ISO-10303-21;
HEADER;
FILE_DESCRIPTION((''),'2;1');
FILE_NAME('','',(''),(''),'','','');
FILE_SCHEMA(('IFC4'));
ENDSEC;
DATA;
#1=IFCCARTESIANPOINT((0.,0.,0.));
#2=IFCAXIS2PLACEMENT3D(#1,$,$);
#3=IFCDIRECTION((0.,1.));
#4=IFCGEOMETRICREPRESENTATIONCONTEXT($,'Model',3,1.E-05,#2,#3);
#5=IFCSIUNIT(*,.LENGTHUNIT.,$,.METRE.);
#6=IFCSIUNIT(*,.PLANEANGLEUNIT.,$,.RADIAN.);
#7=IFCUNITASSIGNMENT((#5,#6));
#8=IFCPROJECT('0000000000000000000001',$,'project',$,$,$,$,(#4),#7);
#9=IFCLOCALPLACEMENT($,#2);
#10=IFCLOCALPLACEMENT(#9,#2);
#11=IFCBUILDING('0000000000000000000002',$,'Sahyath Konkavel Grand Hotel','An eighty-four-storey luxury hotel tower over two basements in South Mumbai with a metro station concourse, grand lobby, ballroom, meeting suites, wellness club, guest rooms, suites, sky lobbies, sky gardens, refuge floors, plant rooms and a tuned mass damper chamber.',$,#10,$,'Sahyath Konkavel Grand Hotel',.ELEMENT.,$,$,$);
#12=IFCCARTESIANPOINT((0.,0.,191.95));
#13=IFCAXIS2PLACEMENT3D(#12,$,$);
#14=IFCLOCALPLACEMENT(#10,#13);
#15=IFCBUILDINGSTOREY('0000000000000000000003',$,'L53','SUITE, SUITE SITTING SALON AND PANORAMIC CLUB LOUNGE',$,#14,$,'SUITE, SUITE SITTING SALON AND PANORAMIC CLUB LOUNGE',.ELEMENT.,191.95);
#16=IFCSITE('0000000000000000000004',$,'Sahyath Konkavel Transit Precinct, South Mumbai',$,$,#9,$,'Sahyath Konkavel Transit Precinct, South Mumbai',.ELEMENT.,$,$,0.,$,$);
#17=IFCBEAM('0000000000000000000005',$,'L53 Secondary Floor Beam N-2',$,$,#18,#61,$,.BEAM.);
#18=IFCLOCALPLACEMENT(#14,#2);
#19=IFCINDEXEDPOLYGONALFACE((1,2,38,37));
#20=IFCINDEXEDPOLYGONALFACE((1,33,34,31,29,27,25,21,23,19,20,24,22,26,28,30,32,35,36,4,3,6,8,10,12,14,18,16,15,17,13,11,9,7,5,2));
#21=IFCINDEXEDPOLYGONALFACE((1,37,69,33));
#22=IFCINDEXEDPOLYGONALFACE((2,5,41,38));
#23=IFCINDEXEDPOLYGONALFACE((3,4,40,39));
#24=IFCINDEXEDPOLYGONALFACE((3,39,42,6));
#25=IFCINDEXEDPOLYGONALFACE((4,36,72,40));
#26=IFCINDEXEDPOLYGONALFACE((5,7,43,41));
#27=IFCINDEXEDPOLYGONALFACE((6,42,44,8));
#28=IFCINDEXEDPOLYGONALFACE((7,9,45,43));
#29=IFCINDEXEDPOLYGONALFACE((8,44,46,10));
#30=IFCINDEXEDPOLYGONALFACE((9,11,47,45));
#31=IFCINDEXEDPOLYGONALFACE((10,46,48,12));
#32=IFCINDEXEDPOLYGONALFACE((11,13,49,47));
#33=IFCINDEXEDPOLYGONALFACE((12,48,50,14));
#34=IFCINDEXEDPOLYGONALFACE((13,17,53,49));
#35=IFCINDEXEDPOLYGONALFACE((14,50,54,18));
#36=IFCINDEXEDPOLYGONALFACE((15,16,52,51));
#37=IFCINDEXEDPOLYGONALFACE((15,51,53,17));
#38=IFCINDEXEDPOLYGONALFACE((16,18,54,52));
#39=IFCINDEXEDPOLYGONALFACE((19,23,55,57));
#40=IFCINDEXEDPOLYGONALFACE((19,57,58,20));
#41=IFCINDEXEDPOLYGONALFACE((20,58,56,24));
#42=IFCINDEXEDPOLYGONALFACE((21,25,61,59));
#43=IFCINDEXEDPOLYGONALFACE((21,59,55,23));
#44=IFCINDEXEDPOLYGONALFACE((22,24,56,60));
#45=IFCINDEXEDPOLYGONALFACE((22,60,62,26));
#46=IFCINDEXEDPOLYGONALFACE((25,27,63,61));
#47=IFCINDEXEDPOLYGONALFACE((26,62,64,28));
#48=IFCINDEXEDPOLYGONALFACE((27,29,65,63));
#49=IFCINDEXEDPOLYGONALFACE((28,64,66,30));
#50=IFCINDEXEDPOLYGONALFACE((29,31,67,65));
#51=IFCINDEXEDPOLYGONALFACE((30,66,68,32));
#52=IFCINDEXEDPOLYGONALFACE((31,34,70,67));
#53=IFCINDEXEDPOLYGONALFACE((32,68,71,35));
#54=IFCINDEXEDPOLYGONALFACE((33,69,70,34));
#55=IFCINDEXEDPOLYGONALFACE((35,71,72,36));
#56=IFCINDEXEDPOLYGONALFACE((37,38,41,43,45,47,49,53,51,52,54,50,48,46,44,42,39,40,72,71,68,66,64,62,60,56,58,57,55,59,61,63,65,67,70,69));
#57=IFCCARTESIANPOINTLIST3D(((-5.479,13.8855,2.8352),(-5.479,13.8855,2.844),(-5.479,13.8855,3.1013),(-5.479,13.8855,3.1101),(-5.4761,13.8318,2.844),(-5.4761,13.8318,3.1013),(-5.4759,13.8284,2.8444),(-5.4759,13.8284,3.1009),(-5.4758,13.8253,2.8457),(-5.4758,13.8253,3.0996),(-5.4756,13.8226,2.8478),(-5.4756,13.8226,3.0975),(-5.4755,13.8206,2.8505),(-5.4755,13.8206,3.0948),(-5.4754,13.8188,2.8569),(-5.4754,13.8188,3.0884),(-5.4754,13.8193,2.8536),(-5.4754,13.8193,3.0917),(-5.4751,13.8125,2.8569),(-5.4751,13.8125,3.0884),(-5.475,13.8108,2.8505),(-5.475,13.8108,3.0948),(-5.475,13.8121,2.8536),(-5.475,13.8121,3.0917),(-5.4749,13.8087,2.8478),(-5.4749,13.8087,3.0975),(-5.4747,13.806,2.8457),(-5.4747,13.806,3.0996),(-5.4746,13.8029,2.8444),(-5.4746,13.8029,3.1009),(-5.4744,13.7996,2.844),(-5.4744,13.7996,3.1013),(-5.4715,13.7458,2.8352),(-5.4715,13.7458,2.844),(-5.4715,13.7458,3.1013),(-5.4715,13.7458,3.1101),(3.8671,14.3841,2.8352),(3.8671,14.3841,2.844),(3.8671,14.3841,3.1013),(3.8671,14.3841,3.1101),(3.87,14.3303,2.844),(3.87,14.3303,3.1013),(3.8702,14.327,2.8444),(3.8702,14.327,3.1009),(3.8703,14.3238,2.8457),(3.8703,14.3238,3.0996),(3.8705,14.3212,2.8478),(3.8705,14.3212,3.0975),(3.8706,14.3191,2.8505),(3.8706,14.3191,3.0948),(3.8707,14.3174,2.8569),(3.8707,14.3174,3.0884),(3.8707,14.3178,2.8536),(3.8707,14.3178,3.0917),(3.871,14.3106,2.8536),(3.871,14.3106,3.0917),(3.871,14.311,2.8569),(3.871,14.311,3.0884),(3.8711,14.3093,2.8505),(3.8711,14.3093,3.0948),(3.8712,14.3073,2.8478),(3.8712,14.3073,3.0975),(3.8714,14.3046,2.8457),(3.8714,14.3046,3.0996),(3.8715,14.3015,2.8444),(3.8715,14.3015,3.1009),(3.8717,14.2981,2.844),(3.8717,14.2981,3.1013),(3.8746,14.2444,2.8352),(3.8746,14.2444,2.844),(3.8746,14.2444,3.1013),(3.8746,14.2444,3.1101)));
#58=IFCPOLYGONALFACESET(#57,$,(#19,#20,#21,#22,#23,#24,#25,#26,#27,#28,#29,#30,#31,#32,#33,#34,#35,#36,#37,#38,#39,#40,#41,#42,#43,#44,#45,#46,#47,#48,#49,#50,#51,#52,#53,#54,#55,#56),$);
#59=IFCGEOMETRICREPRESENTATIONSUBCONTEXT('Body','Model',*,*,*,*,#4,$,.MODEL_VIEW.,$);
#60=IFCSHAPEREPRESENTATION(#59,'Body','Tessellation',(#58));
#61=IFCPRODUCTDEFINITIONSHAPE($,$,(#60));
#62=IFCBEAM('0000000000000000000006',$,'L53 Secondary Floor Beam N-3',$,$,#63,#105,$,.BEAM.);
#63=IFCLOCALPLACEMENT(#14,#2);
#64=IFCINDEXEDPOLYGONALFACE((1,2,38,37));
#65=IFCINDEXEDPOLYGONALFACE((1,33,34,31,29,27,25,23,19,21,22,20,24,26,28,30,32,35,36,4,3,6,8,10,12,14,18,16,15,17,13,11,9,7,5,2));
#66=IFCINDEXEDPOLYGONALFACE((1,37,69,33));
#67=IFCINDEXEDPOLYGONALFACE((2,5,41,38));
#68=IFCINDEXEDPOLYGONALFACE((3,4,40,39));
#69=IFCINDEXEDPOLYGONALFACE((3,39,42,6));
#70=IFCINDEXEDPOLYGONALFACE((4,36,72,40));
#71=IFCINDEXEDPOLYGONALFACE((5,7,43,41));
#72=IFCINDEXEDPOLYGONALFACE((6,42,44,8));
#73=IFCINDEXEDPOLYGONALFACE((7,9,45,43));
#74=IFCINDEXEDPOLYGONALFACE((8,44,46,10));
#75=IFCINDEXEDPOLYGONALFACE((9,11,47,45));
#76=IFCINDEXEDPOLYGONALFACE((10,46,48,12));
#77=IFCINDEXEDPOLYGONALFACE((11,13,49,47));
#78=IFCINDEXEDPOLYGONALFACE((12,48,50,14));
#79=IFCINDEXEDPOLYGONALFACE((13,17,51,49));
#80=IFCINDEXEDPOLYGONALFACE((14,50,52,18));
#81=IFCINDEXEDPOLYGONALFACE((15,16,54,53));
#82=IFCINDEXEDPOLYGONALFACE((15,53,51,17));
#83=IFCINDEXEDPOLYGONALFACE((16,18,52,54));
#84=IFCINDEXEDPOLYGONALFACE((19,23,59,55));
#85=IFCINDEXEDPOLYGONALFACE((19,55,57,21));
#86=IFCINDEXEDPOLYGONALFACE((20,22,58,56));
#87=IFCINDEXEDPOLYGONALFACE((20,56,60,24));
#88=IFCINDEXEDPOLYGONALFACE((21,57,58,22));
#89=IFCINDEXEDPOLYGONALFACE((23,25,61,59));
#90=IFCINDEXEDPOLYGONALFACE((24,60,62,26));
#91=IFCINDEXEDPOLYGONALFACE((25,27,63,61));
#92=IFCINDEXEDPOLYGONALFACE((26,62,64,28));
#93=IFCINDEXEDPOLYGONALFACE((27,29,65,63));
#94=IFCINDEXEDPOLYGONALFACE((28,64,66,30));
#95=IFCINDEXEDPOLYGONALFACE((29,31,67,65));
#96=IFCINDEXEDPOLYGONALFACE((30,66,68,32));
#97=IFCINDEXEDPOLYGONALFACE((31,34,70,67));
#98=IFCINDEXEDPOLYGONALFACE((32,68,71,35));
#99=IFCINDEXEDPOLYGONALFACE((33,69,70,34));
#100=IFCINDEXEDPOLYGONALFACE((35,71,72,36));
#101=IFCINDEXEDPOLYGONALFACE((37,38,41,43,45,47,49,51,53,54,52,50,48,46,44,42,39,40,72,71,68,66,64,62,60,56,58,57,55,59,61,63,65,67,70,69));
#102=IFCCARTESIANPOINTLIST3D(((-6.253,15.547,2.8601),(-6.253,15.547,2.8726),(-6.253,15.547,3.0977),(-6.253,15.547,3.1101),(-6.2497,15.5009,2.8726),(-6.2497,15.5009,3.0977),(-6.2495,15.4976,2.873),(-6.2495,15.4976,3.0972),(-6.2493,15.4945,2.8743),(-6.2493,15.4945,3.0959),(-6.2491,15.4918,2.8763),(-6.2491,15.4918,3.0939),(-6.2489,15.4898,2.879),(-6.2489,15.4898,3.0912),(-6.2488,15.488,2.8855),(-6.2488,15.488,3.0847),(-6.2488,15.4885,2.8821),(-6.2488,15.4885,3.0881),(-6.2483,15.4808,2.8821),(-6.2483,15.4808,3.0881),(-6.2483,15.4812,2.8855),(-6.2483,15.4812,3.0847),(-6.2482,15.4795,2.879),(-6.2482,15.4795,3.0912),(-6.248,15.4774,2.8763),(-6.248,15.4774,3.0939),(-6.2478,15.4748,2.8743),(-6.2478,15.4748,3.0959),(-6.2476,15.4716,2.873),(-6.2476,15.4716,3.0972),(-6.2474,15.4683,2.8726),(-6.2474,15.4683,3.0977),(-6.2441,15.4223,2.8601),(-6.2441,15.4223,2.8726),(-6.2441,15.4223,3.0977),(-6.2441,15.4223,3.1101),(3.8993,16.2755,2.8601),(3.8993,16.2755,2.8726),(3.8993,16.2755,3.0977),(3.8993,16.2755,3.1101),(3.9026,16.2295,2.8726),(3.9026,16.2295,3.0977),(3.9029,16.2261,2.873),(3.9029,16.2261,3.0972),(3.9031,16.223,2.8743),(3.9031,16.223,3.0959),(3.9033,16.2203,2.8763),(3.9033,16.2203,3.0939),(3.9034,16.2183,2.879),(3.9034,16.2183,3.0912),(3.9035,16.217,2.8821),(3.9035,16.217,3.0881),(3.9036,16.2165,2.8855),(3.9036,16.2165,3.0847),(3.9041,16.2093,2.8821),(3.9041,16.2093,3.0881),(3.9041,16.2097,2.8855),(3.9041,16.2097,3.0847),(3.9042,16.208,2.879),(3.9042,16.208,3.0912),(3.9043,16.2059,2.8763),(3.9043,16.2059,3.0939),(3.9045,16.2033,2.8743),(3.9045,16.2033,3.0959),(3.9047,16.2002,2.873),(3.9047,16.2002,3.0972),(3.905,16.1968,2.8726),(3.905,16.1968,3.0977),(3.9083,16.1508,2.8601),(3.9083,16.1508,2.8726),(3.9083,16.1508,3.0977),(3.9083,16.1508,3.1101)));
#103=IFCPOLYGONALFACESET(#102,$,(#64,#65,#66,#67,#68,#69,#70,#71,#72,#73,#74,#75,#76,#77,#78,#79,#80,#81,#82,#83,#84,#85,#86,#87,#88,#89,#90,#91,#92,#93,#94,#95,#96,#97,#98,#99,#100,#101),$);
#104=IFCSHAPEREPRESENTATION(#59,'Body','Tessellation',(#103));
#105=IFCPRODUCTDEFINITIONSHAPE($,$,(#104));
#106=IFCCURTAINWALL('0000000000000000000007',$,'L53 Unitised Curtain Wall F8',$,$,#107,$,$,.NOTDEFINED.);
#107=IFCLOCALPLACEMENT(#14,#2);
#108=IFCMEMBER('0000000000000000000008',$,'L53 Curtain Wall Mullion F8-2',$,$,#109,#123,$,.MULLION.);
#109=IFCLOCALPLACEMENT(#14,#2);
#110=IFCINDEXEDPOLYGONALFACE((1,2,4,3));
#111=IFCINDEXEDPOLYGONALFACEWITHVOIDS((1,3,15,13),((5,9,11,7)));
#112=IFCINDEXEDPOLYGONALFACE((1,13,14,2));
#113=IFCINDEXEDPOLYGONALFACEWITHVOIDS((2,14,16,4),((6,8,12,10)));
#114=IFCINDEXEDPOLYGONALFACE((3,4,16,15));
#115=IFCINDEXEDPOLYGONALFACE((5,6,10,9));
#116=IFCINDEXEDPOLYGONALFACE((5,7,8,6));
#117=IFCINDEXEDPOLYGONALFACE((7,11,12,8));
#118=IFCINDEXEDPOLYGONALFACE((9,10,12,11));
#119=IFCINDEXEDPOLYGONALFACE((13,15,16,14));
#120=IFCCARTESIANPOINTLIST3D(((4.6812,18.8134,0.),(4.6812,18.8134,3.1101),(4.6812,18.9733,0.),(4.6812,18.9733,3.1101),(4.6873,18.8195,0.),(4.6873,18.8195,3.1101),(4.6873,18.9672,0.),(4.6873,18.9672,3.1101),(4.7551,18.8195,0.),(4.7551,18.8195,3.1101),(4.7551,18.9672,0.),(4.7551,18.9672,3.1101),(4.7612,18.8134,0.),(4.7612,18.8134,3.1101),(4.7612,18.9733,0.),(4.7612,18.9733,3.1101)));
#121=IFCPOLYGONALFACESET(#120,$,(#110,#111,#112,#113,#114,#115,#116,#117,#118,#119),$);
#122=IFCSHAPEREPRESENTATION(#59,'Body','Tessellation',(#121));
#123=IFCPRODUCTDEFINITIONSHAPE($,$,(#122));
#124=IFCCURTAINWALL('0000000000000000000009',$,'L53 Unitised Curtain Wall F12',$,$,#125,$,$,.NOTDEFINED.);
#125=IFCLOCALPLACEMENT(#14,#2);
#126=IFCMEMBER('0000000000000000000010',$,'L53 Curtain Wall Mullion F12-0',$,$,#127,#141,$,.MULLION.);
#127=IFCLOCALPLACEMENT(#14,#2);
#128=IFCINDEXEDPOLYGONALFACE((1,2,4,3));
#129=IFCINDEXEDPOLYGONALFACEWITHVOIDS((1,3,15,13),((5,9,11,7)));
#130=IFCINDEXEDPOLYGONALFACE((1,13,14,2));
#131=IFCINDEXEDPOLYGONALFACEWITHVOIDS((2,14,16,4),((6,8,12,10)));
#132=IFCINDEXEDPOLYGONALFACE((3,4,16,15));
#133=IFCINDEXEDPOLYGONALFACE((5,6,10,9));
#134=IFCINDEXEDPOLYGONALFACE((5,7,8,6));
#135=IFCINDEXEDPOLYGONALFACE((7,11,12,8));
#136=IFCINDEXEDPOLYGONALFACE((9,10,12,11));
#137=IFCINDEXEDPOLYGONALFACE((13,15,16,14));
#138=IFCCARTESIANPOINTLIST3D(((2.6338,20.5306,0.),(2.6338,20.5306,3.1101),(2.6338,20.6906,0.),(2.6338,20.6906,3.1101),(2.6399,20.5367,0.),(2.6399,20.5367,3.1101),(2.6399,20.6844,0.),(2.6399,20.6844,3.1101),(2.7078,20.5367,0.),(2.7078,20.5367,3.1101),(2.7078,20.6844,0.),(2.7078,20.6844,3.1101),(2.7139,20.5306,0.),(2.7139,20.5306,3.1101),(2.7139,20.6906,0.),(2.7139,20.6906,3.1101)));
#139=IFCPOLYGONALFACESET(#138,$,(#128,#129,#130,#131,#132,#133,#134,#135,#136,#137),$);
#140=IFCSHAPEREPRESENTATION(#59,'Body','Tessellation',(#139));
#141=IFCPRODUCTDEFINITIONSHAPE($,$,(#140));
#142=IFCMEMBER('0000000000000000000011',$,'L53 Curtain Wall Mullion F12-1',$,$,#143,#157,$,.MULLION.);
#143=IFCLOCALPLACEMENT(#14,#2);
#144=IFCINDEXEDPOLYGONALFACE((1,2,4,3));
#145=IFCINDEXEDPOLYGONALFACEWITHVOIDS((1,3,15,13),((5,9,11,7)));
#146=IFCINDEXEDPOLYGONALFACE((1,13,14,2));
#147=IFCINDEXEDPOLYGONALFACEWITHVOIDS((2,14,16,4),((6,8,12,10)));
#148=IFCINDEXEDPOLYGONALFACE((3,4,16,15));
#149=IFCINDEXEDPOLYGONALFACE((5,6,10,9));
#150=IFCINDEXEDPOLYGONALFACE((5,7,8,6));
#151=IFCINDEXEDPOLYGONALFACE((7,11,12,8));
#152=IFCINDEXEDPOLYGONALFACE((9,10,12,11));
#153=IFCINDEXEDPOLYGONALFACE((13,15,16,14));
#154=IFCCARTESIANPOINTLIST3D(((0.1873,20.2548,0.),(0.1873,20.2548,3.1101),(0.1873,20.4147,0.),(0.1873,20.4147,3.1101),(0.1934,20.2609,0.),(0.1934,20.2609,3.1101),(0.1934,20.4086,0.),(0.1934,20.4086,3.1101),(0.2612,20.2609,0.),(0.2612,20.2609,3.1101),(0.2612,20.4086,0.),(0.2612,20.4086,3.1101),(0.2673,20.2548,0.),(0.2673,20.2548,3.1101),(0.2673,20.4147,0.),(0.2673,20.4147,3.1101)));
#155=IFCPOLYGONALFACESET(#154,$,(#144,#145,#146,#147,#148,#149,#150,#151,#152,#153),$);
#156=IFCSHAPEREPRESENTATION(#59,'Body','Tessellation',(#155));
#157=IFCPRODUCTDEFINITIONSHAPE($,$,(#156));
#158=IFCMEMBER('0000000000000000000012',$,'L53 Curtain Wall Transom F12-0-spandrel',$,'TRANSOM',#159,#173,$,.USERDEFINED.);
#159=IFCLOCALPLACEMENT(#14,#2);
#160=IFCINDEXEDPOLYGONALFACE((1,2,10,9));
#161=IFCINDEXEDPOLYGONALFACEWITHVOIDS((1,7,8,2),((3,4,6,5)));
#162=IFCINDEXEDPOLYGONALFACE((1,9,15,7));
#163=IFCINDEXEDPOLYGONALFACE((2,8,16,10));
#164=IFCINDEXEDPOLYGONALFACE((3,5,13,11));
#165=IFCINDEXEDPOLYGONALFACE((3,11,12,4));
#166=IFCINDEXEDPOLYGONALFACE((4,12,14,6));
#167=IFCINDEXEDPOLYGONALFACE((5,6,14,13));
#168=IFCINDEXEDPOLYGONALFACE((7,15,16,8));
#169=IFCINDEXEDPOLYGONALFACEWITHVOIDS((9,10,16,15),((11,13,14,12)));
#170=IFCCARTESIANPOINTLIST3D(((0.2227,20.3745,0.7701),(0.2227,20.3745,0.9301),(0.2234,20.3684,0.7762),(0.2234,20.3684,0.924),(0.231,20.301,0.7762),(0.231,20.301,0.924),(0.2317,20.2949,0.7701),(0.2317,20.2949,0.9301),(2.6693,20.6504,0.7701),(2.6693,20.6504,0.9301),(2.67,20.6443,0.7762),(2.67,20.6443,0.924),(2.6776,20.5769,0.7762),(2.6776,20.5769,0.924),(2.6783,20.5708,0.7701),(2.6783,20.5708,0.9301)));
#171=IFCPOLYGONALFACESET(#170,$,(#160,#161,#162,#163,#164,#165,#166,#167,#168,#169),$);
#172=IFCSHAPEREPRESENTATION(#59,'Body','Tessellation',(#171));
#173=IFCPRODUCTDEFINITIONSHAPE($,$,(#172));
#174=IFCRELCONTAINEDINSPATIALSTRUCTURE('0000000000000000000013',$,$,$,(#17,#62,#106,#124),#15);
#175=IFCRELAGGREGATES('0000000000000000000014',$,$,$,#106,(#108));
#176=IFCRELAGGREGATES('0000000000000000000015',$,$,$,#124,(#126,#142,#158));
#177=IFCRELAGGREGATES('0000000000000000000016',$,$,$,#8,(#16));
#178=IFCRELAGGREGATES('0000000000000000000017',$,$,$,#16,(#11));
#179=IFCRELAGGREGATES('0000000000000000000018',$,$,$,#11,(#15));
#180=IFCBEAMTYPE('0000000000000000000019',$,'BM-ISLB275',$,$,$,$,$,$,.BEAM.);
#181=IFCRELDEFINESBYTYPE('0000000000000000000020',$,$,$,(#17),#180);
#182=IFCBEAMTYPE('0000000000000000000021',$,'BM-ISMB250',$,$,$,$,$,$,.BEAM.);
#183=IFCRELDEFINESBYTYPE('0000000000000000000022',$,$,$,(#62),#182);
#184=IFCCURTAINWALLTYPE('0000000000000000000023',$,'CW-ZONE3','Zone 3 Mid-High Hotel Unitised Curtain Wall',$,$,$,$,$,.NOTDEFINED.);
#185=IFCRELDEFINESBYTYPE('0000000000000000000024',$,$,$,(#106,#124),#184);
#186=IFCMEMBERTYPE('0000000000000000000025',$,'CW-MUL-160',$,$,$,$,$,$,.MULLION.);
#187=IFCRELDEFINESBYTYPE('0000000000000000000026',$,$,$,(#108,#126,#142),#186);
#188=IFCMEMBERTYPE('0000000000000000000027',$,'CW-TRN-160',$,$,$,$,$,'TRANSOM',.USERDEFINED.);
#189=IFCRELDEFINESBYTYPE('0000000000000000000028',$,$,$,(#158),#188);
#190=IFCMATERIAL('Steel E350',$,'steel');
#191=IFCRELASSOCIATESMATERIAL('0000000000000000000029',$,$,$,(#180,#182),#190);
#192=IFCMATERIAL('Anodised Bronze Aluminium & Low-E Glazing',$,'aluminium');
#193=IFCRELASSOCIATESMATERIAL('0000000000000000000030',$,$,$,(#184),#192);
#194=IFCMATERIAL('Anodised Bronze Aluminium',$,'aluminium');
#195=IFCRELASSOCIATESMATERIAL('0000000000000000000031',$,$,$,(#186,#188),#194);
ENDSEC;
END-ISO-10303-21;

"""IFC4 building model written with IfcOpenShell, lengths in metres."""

from ifc_helpers import new_model, si_unit, direction, frame, origin, origin_2d, place, context, subcontext, project, spatial, hollow_rectangle, i_section, extrude, source, transform, mapped, material, material_profile, profile_set, type_object, element, aggregate, save


model = new_model("IFC4")

# Units and contexts
model_context = context("Model", 3, precision=1e-05, world=origin(), true_north=direction((0.0, 1.0)))
body_context = subcontext(model_context, "Body", "Model", "MODEL_VIEW")
ifc_project = project(units=[si_unit("LENGTHUNIT", "METRE"), si_unit("PLANEANGLEUNIT", "RADIAN")], contexts=[model_context])

# Site, building, storey
site_placement = place(None, origin())
site = spatial("IfcSite", under=ifc_project, at=site_placement, Name="Sahyath Konkavel Transit Precinct, South Mumbai", LongName="Sahyath Konkavel Transit Precinct, South Mumbai", CompositionType="ELEMENT", RefElevation=0.0)
building_placement = place(site_placement, origin())
building = spatial("IfcBuilding", under=site, at=building_placement, Name="Sahyath Konkavel Grand Hotel", Description="An eighty-four-storey luxury hotel tower over two basements in South Mumbai with a metro station concourse, grand lobby, ballroom, meeting suites, wellness club, guest rooms, suites, sky lobbies, sky gardens, refuge floors, plant rooms and a tuned mass damper chamber.", LongName="Sahyath Konkavel Grand Hotel", CompositionType="ELEMENT")
storey_placement = place(building_placement, frame((0.0, 0.0, 191.95)))
storey = spatial("IfcBuildingStorey", under=building, at=storey_placement, Name="L53", Description="SUITE, SUITE SITTING SALON AND PANORAMIC CLUB LOUNGE", LongName="SUITE, SUITE SITTING SALON AND PANORAMIC CLUB LOUNGE", CompositionType="ELEMENT", Elevation=191.95)

# Beams
ifc_material_1 = material(Name="Steel E350", Category="steel")
ifc_material_profile_1 = material_profile(ifc_material_1, i_section(OverallWidth=0.1399, OverallDepth=0.2749, WebThickness=0.0063, FlangeThickness=0.0088, FilletRadius=0.0129, at=origin_2d()), Name="ISLB 275")
ifc_profile_set_1 = profile_set([ifc_material_profile_1], Name="Steel E350")
beam_type_1 = type_object("IfcBeamType", Name="BM-ISLB275", PredefinedType="BEAM", material=ifc_profile_set_1)
shared_shape_1 = source(origin(), body_context, "Body", "SweptSolid", [
    extrude(i_section(OverallWidth=0.1399, OverallDepth=0.2749, WebThickness=0.0063, FlangeThickness=0.0088, FilletRadius=0.0129, at=origin_2d()), origin(), (0.0, 0.0, 1.0), 9.3594),
])
beam_1_placement = place(storey_placement, frame((3.8708, 14.3142, 2.9727), z_axis=(-0.99858, -0.053265, 0.0), x_axis=(0.053265, -0.99858, 0.0)))
element("IfcBeam", 1, at=beam_1_placement, inside=storey, type_object=beam_type_1, Name="L53 Secondary Floor Beam N-2", PredefinedType="BEAM", context=body_context, shape_type="MappedRepresentation", body=[
    mapped(shared_shape_1, transform((0.0, 0.0, 0.0), scale=1.0)),
])
ifc_material_profile_2 = material_profile(ifc_material_1, i_section(OverallWidth=0.125, OverallDepth=0.25, WebThickness=0.0068, FlangeThickness=0.0125, FilletRadius=0.0129, at=origin_2d()), Name="ISMB 250")
ifc_profile_set_2 = profile_set([ifc_material_profile_2], Name="Steel E350")
beam_type_2 = type_object("IfcBeamType", Name="BM-ISMB250", PredefinedType="BEAM", material=ifc_profile_set_2)
shared_shape_2 = source(origin(), body_context, "Body", "SweptSolid", [
    extrude(i_section(OverallWidth=0.125, OverallDepth=0.25, WebThickness=0.0068, FlangeThickness=0.0125, FilletRadius=0.0129, at=origin_2d()), origin(), (0.0, 0.0, 1.0), 10.1785),
])
beam_2_placement = place(storey_placement, frame((3.9038, 16.2131, 2.9851), z_axis=(-0.997435, -0.071574, 0.0), x_axis=(0.071574, -0.997435, 0.0)))
element("IfcBeam", 2, at=beam_2_placement, inside=storey, type_object=beam_type_2, Name="L53 Secondary Floor Beam N-3", PredefinedType="BEAM", context=body_context, shape_type="MappedRepresentation", body=[
    mapped(shared_shape_2, transform((0.0, 0.0, 0.0), scale=1.0)),
])

# Curtain wall, member
ifc_material_2 = material(Name="Anodised Bronze Aluminium & Low-E Glazing", Category="aluminium")
curtain_wall_type = type_object("IfcCurtainWallType", Name="CW-ZONE3", Description="Zone 3 Mid-High Hotel Unitised Curtain Wall", PredefinedType="NOTDEFINED", material=ifc_material_2)
curtain_wall_1_placement = place(storey_placement, origin())
curtain_wall_1 = element("IfcCurtainWall", 3, at=curtain_wall_1_placement, inside=storey, type_object=curtain_wall_type, Name="L53 Unitised Curtain Wall F8", PredefinedType="NOTDEFINED")
ifc_material_3 = material(Name="Anodised Bronze Aluminium", Category="aluminium")
ifc_material_profile_3 = material_profile(ifc_material_3, hollow_rectangle(XDim=0.0801, YDim=0.1599, WallThickness=0.0061, at=origin_2d()), Name="RHS 160x80x6")
ifc_profile_set_3 = profile_set([ifc_material_profile_3], Name="Anodised Bronze Aluminium")
member_type_1 = type_object("IfcMemberType", Name="CW-MUL-160", PredefinedType="MULLION", material=ifc_profile_set_3)
shared_shape_3 = source(origin(), body_context, "Body", "SweptSolid", [
    extrude(hollow_rectangle(XDim=0.0801, YDim=0.1599, WallThickness=0.0061, at=origin_2d()), origin(), (0.0, 0.0, 1.0), 3.1101),
])
member_1_placement = place(storey_placement, frame((4.7212, 18.8933, 0.0), z_axis=(0.0, 0.0, 1.0), x_axis=(1.0, 0.0, 0.0)))
member_1 = element("IfcMember", 4, at=member_1_placement, type_object=member_type_1, Name="L53 Curtain Wall Mullion F8-2", PredefinedType="MULLION", context=body_context, shape_type="MappedRepresentation", body=[
    mapped(shared_shape_3, transform((0.0, 0.0, 0.0), scale=1.0)),
])

# Curtain wall, members
curtain_wall_2_placement = place(storey_placement, origin())
curtain_wall_2 = element("IfcCurtainWall", 5, at=curtain_wall_2_placement, inside=storey, type_object=curtain_wall_type, Name="L53 Unitised Curtain Wall F12", PredefinedType="NOTDEFINED")
member_2_placement = place(storey_placement, frame((2.6738, 20.6106, 0.0), z_axis=(0.0, 0.0, 1.0), x_axis=(1.0, 0.0, 0.0)))
member_2 = element("IfcMember", 6, at=member_2_placement, type_object=member_type_1, Name="L53 Curtain Wall Mullion F12-0", PredefinedType="MULLION", context=body_context, shape_type="MappedRepresentation", body=[
    mapped(shared_shape_3, transform((0.0, 0.0, 0.0), scale=1.0)),
])
member_3_placement = place(storey_placement, frame((0.2273, 20.3347, 0.0), z_axis=(0.0, 0.0, 1.0), x_axis=(1.0, 0.0, 0.0)))
member_3 = element("IfcMember", 7, at=member_3_placement, type_object=member_type_1, Name="L53 Curtain Wall Mullion F12-1", PredefinedType="MULLION", context=body_context, shape_type="MappedRepresentation", body=[
    mapped(shared_shape_3, transform((0.0, 0.0, 0.0), scale=1.0)),
])
ifc_material_profile_4 = material_profile(ifc_material_3, hollow_rectangle(XDim=0.0801, YDim=0.1599, WallThickness=0.0061, at=origin_2d()), Name="RHS 160x80x6")
ifc_profile_set_4 = profile_set([ifc_material_profile_4], Name="Anodised Bronze Aluminium")
member_type_2 = type_object("IfcMemberType", Name="CW-TRN-160", ElementType="TRANSOM", PredefinedType="USERDEFINED", material=ifc_profile_set_4)
shared_shape_4 = source(origin(), body_context, "Body", "SweptSolid", [
    extrude(hollow_rectangle(XDim=0.0801, YDim=0.1599, WallThickness=0.0061, at=origin_2d()), origin(), (0.0, 0.0, 1.0), 2.4622),
])
member_4_placement = place(storey_placement, frame((2.6738, 20.6106, 0.8501), z_axis=(-0.993702, -0.112053, 0.0), x_axis=(0.112053, -0.993702, 0.0)))
member_4 = element("IfcMember", 8, at=member_4_placement, type_object=member_type_2, Name="L53 Curtain Wall Transom F12-0-spandrel", ObjectType="TRANSOM", PredefinedType="USERDEFINED", context=body_context, shape_type="MappedRepresentation", body=[
    mapped(shared_shape_4, transform((0.0, 0.0, 0.0), scale=1.0)),
])

aggregate(curtain_wall_1, [member_1])
aggregate(curtain_wall_2, [member_2, member_3, member_4])

save(model, "model.ifc")
